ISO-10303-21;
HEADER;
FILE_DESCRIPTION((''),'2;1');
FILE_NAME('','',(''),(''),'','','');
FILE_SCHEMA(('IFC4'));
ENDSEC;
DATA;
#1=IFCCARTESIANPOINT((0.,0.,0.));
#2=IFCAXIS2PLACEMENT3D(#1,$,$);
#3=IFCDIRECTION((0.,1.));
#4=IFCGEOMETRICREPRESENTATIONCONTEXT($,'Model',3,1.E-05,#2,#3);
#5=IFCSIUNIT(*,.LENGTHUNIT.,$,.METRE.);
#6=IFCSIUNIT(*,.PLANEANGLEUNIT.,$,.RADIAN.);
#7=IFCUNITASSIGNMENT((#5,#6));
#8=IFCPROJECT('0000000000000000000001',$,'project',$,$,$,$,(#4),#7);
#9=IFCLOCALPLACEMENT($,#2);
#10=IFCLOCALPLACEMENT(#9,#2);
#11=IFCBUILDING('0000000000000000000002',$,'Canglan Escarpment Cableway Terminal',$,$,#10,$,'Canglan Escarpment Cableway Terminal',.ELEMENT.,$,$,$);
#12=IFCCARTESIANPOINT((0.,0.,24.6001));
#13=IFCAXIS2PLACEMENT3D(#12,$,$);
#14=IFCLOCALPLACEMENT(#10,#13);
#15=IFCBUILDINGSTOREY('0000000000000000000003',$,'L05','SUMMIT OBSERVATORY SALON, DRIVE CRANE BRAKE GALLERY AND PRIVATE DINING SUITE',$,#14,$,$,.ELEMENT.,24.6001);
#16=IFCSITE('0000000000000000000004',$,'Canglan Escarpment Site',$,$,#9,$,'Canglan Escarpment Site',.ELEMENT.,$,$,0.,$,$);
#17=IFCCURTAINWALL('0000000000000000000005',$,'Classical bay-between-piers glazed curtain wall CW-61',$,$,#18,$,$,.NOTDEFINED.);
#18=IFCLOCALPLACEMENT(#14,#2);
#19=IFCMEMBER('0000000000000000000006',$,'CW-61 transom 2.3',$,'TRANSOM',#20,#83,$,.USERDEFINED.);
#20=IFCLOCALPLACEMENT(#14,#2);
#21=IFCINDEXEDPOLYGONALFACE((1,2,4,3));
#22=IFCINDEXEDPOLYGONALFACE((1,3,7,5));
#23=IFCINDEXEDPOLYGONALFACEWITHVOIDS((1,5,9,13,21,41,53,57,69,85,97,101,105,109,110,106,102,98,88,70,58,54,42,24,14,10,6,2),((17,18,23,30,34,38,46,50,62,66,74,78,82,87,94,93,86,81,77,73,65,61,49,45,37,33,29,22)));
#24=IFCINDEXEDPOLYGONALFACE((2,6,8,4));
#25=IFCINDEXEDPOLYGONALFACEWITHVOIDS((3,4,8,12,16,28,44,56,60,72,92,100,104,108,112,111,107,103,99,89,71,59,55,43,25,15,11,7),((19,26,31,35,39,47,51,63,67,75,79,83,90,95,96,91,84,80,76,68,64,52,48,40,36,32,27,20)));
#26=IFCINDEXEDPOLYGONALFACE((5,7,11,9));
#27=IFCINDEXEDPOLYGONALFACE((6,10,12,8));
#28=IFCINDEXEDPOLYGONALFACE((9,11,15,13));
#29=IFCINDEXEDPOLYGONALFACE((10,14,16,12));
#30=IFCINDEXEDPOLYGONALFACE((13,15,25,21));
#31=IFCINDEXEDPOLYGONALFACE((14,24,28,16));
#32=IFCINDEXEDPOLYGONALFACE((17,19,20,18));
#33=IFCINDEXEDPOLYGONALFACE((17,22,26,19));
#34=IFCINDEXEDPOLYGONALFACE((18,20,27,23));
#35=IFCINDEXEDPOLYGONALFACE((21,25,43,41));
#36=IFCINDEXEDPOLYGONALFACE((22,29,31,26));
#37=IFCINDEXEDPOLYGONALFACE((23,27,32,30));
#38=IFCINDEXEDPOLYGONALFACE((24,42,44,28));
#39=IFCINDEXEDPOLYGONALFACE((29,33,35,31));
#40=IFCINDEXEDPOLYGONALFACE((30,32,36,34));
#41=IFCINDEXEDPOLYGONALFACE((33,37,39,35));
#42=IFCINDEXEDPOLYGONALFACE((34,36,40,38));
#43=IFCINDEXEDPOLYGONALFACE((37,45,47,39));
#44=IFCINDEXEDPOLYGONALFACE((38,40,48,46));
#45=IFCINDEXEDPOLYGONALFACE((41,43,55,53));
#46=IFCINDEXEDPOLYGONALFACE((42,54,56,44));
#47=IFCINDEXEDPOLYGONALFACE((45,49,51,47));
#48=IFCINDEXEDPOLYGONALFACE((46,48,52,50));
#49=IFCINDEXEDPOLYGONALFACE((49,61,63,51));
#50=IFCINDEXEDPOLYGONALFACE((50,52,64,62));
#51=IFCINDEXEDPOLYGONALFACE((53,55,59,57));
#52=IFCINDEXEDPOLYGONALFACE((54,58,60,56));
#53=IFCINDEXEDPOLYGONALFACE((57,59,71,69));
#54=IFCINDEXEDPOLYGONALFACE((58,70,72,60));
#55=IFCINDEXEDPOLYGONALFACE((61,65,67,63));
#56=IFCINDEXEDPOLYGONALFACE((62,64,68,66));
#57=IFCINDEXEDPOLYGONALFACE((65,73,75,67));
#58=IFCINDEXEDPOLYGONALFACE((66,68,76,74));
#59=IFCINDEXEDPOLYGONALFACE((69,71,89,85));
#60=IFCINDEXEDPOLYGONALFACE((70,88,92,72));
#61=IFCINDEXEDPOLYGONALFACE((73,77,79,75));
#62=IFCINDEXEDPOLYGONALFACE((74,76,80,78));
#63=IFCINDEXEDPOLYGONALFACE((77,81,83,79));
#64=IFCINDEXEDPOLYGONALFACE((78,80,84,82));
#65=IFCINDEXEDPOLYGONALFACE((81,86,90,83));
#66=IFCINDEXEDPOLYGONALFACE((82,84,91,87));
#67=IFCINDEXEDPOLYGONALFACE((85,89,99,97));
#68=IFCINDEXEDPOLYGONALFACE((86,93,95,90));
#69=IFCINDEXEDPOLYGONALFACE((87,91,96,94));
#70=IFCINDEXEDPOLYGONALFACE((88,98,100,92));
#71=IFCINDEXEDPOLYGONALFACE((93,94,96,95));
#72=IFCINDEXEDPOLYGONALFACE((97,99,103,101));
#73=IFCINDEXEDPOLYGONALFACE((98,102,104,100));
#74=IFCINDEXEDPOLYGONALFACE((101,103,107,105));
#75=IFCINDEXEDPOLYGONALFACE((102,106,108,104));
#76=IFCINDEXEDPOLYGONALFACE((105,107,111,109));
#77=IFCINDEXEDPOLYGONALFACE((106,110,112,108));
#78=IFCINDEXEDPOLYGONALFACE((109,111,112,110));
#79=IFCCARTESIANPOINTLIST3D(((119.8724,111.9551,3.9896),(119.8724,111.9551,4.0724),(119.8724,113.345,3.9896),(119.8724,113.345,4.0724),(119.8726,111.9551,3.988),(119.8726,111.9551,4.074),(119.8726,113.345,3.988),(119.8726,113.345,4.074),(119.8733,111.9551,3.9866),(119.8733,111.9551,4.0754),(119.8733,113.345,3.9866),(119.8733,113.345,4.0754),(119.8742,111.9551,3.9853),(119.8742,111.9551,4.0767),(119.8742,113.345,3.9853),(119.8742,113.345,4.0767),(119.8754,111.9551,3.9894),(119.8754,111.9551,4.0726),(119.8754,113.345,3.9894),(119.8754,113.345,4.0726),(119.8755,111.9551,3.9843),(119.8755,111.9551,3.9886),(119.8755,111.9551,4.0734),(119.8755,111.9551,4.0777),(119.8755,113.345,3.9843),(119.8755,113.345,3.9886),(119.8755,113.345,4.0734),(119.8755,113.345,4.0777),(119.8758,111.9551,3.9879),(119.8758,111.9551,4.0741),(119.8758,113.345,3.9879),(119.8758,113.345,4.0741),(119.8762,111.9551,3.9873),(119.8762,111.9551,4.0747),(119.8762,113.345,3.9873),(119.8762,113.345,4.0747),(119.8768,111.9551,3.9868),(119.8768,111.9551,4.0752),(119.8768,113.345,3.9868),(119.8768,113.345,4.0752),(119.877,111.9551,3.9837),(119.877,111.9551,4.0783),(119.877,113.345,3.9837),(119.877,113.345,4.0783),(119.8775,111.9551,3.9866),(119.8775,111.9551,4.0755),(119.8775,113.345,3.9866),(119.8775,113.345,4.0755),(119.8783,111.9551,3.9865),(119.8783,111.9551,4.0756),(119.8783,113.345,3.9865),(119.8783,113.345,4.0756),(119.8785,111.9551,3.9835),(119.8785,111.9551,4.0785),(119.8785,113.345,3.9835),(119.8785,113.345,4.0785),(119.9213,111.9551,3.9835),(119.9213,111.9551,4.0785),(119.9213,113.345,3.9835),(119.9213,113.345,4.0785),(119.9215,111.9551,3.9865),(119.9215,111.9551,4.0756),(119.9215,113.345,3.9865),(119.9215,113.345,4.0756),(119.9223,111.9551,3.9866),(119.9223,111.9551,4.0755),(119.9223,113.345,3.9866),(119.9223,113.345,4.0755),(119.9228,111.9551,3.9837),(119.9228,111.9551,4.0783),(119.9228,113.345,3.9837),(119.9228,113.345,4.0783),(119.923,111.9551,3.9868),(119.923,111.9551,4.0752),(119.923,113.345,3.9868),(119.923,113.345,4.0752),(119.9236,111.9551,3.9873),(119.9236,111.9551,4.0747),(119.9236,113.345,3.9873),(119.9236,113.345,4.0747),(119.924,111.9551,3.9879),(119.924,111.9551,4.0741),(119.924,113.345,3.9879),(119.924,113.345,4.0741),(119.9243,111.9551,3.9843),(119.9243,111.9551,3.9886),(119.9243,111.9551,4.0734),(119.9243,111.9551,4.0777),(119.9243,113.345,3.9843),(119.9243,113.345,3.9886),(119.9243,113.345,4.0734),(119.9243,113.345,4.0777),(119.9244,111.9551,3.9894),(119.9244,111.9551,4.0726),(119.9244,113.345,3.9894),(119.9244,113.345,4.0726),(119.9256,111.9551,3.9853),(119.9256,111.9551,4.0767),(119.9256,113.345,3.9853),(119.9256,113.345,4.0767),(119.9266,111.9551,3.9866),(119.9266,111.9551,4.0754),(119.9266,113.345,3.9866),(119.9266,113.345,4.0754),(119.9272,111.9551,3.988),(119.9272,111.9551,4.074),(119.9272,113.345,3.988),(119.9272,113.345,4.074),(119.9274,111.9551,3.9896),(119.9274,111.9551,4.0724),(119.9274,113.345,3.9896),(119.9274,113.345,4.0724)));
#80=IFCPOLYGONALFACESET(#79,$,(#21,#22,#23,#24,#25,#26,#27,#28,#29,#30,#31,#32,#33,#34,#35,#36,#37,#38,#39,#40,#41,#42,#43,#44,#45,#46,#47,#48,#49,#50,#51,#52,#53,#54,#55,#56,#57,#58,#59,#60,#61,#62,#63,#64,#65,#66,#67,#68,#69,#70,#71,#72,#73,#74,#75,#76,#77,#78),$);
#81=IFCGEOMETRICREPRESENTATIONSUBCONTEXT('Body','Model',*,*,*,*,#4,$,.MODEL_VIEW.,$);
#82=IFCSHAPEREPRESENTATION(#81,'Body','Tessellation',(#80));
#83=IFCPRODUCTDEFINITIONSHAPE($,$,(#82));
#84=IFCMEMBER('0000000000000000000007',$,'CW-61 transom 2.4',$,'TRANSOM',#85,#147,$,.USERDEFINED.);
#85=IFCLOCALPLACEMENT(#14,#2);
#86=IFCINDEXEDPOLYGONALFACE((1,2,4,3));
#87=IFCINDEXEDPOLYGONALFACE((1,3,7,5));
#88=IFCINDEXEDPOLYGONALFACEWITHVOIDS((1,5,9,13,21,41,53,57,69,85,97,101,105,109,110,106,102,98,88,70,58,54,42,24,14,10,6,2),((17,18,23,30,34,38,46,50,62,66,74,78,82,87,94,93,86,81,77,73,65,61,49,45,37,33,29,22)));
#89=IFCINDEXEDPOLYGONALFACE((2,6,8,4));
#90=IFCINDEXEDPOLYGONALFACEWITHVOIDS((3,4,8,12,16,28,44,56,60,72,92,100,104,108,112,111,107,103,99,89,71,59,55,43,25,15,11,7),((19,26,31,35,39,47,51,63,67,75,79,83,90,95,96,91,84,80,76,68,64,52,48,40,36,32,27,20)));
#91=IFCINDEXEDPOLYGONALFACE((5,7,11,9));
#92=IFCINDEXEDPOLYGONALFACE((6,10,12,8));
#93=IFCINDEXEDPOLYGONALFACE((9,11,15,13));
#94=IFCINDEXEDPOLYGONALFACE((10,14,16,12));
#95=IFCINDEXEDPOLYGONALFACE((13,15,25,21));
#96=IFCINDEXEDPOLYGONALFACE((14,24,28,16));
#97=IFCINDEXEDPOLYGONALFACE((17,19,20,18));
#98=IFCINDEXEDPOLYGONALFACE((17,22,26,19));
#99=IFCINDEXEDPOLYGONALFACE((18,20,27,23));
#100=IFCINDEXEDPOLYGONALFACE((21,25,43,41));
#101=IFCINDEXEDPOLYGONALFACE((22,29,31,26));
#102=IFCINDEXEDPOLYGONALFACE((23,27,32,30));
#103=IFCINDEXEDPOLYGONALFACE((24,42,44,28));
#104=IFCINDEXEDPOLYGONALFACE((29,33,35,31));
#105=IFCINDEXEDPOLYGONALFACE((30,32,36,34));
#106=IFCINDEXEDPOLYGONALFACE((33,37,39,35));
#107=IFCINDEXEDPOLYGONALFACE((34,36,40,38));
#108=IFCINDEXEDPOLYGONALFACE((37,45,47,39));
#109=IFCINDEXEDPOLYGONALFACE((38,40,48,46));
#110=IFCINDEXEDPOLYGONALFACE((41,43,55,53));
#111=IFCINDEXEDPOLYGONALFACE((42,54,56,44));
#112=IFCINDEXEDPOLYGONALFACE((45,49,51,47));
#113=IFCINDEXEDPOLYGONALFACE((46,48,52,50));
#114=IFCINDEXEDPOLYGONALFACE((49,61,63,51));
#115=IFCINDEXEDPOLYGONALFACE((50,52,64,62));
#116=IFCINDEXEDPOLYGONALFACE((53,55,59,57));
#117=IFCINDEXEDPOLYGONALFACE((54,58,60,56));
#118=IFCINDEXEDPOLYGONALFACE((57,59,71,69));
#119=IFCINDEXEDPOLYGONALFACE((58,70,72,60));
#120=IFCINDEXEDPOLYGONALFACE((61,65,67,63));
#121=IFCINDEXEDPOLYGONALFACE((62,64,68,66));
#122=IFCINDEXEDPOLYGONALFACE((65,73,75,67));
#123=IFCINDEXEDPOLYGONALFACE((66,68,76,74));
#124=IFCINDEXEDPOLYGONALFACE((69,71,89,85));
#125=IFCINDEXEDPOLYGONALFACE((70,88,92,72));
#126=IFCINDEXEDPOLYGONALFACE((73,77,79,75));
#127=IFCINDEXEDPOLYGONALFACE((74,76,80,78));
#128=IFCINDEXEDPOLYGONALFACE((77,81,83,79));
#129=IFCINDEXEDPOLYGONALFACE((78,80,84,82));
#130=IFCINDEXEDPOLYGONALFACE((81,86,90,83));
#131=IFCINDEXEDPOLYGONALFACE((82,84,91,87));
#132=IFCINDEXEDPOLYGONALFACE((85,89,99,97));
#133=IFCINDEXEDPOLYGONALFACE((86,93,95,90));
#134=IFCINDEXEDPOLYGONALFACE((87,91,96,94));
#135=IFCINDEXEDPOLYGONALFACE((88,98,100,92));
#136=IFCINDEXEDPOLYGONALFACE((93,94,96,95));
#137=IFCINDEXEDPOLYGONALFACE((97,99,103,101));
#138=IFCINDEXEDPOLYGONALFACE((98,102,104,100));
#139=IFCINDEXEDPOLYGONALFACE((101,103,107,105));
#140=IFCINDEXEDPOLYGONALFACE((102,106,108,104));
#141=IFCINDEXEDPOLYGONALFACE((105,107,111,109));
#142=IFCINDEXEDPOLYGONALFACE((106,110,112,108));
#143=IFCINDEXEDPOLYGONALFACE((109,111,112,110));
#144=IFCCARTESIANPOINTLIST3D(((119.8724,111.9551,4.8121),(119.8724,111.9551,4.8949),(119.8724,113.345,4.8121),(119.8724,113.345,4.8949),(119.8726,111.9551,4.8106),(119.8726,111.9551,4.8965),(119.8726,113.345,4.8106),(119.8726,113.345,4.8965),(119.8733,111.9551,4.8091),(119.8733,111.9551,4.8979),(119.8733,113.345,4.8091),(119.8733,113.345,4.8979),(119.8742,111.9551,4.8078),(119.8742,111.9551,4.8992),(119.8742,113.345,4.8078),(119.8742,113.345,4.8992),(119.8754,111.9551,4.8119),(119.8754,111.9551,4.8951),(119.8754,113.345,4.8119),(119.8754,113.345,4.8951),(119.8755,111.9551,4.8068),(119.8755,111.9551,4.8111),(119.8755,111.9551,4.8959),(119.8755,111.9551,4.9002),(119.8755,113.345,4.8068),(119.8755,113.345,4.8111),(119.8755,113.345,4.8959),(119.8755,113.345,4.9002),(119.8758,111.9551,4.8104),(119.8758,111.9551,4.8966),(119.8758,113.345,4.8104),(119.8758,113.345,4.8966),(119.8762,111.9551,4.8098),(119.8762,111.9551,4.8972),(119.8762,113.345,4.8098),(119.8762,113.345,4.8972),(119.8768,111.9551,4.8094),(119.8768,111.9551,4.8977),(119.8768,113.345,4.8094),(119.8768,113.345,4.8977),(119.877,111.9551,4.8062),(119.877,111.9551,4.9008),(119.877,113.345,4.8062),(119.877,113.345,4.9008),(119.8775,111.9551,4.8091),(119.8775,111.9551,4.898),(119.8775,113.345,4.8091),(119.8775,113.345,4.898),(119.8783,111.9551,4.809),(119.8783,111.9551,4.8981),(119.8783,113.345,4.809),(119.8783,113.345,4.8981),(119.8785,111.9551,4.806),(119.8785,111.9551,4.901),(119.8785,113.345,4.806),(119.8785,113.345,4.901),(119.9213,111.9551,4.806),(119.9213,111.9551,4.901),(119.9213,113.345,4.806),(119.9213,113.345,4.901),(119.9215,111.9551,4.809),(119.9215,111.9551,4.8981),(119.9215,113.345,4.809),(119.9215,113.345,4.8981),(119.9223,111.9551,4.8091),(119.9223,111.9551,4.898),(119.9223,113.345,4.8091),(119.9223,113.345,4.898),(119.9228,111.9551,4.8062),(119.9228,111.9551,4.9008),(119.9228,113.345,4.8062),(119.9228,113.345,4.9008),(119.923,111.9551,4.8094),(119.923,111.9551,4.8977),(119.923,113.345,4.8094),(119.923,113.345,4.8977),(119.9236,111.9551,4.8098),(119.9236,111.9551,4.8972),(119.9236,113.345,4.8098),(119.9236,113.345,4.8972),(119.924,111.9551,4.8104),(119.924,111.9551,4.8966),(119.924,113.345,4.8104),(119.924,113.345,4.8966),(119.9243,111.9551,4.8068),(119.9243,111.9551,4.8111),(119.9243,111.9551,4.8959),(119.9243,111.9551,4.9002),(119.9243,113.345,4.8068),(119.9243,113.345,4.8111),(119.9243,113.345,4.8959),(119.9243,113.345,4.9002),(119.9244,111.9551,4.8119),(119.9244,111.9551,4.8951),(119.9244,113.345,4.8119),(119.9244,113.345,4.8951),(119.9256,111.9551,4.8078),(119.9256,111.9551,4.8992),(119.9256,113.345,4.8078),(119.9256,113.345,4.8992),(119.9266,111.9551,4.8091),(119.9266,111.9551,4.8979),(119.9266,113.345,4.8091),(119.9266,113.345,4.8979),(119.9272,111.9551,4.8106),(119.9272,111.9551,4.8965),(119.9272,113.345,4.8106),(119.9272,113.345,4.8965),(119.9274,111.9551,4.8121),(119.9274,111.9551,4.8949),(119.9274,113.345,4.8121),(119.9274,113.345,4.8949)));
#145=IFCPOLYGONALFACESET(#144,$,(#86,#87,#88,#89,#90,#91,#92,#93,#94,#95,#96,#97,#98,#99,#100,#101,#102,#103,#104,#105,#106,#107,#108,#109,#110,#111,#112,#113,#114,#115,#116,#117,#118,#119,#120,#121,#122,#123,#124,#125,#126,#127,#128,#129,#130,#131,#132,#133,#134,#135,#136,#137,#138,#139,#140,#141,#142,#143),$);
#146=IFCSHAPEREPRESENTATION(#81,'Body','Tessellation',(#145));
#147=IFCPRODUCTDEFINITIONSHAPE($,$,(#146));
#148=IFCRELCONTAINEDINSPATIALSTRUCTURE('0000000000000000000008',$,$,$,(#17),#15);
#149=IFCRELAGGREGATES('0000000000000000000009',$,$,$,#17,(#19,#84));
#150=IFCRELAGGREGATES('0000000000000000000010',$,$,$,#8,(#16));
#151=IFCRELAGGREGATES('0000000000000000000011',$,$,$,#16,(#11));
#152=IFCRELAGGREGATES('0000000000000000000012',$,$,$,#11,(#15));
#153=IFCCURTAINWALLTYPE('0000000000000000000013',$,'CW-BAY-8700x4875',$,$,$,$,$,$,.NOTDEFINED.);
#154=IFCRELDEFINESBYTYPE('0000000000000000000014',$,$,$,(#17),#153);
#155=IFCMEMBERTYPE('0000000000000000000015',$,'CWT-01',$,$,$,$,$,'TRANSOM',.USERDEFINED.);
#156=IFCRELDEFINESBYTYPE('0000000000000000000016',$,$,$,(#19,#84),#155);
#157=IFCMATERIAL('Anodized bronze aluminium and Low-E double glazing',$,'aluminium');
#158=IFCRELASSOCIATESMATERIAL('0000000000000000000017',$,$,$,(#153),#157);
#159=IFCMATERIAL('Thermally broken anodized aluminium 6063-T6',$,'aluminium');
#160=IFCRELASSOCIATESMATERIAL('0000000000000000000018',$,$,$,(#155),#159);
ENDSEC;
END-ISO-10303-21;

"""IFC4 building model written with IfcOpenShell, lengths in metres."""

from ifc_helpers import new_model, si_unit, direction, frame, origin, origin_2d, place, context, subcontext, project, spatial, hollow_rectangle, extrude, material, material_profile, profile_set, type_object, element, aggregate, save


model = new_model("IFC4")

# Units and contexts
model_context = context("Model", 3, precision=1e-05, world=origin(), true_north=direction((0.0, 1.0)))
body_context = subcontext(model_context, "Body", "Model", "MODEL_VIEW")
ifc_project = project(units=[si_unit("LENGTHUNIT", "METRE"), si_unit("PLANEANGLEUNIT", "RADIAN")], contexts=[model_context])

# Site, building, storey
site_placement = place(None, origin())
site = spatial("IfcSite", under=ifc_project, at=site_placement, Name="Canglan Escarpment Site", LongName="Canglan Escarpment Site", CompositionType="ELEMENT", RefElevation=0.0)
building_placement = place(site_placement, origin())
building = spatial("IfcBuilding", under=site, at=building_placement, Name="Canglan Escarpment Cableway Terminal", LongName="Canglan Escarpment Cableway Terminal", CompositionType="ELEMENT")
storey_placement = place(building_placement, frame((0.0, 0.0, 24.6001)))
storey = spatial("IfcBuildingStorey", under=building, at=storey_placement, Name="L05", Description="SUMMIT OBSERVATORY SALON, DRIVE CRANE BRAKE GALLERY AND PRIVATE DINING SUITE", CompositionType="ELEMENT", Elevation=24.6001)

# Curtain wall
ifc_material_1 = material(Name="Anodized bronze aluminium and Low-E double glazing", Category="aluminium")
curtain_wall_type_1 = type_object("IfcCurtainWallType", Name="CW-BAY-8700x4875", PredefinedType="NOTDEFINED", material=ifc_material_1)
curtain_wall_1_placement = place(storey_placement, origin())
curtain_wall_1 = element("IfcCurtainWall", 1, at=curtain_wall_1_placement, inside=storey, type_object=curtain_wall_type_1, Name="Classical bay-between-piers glazed curtain wall CW-61", PredefinedType="NOTDEFINED")
ifc_material_2 = material(Name="Thermally broken anodized aluminium 6063-T6", Category="aluminium")

# Members
ifc_material_profile_1 = material_profile(ifc_material_2, hollow_rectangle(XDim=0.0549, YDim=0.095, WallThickness=0.0029, InnerFilletRadius=0.0029, OuterFilletRadius=0.0061, at=origin_2d()), Name="ALU-TRAN 55x95x3")
ifc_profile_set_1 = profile_set([ifc_material_profile_1], Name="Thermally broken anodized aluminium 6063-T6")
member_type_1 = type_object("IfcMemberType", Name="CWT-01", ElementType="TRANSOM", PredefinedType="USERDEFINED", material=ifc_profile_set_1)
member_1_placement = place(storey_placement, frame((119.8999, 113.345, 4.031), z_axis=(0.0, -1.0, 0.0), x_axis=(1.0, 0.0, 0.0)))
member_1 = element("IfcMember", 2, at=member_1_placement, type_object=member_type_1, Name="CW-61 transom 2.3", ObjectType="TRANSOM", PredefinedType="USERDEFINED", context=body_context, shape_type="SweptSolid", body=[
    extrude(hollow_rectangle(XDim=0.0549, YDim=0.095, WallThickness=0.0029, InnerFilletRadius=0.0029, OuterFilletRadius=0.0061, at=origin_2d()), origin(), (0.0, 0.0, 1.0), 1.3899),
])
member_2_placement = place(storey_placement, frame((119.8999, 113.345, 4.8535), z_axis=(0.0, -1.0, 0.0), x_axis=(1.0, 0.0, 0.0)))
member_2 = element("IfcMember", 3, at=member_2_placement, type_object=member_type_1, Name="CW-61 transom 2.4", ObjectType="TRANSOM", PredefinedType="USERDEFINED", context=body_context, shape_type="SweptSolid", body=[
    extrude(hollow_rectangle(XDim=0.0549, YDim=0.095, WallThickness=0.0029, InnerFilletRadius=0.0029, OuterFilletRadius=0.0061, at=origin_2d()), origin(), (0.0, 0.0, 1.0), 1.3899),
])

aggregate(curtain_wall_1, [member_1, member_2])

save(model, "model.ifc")
